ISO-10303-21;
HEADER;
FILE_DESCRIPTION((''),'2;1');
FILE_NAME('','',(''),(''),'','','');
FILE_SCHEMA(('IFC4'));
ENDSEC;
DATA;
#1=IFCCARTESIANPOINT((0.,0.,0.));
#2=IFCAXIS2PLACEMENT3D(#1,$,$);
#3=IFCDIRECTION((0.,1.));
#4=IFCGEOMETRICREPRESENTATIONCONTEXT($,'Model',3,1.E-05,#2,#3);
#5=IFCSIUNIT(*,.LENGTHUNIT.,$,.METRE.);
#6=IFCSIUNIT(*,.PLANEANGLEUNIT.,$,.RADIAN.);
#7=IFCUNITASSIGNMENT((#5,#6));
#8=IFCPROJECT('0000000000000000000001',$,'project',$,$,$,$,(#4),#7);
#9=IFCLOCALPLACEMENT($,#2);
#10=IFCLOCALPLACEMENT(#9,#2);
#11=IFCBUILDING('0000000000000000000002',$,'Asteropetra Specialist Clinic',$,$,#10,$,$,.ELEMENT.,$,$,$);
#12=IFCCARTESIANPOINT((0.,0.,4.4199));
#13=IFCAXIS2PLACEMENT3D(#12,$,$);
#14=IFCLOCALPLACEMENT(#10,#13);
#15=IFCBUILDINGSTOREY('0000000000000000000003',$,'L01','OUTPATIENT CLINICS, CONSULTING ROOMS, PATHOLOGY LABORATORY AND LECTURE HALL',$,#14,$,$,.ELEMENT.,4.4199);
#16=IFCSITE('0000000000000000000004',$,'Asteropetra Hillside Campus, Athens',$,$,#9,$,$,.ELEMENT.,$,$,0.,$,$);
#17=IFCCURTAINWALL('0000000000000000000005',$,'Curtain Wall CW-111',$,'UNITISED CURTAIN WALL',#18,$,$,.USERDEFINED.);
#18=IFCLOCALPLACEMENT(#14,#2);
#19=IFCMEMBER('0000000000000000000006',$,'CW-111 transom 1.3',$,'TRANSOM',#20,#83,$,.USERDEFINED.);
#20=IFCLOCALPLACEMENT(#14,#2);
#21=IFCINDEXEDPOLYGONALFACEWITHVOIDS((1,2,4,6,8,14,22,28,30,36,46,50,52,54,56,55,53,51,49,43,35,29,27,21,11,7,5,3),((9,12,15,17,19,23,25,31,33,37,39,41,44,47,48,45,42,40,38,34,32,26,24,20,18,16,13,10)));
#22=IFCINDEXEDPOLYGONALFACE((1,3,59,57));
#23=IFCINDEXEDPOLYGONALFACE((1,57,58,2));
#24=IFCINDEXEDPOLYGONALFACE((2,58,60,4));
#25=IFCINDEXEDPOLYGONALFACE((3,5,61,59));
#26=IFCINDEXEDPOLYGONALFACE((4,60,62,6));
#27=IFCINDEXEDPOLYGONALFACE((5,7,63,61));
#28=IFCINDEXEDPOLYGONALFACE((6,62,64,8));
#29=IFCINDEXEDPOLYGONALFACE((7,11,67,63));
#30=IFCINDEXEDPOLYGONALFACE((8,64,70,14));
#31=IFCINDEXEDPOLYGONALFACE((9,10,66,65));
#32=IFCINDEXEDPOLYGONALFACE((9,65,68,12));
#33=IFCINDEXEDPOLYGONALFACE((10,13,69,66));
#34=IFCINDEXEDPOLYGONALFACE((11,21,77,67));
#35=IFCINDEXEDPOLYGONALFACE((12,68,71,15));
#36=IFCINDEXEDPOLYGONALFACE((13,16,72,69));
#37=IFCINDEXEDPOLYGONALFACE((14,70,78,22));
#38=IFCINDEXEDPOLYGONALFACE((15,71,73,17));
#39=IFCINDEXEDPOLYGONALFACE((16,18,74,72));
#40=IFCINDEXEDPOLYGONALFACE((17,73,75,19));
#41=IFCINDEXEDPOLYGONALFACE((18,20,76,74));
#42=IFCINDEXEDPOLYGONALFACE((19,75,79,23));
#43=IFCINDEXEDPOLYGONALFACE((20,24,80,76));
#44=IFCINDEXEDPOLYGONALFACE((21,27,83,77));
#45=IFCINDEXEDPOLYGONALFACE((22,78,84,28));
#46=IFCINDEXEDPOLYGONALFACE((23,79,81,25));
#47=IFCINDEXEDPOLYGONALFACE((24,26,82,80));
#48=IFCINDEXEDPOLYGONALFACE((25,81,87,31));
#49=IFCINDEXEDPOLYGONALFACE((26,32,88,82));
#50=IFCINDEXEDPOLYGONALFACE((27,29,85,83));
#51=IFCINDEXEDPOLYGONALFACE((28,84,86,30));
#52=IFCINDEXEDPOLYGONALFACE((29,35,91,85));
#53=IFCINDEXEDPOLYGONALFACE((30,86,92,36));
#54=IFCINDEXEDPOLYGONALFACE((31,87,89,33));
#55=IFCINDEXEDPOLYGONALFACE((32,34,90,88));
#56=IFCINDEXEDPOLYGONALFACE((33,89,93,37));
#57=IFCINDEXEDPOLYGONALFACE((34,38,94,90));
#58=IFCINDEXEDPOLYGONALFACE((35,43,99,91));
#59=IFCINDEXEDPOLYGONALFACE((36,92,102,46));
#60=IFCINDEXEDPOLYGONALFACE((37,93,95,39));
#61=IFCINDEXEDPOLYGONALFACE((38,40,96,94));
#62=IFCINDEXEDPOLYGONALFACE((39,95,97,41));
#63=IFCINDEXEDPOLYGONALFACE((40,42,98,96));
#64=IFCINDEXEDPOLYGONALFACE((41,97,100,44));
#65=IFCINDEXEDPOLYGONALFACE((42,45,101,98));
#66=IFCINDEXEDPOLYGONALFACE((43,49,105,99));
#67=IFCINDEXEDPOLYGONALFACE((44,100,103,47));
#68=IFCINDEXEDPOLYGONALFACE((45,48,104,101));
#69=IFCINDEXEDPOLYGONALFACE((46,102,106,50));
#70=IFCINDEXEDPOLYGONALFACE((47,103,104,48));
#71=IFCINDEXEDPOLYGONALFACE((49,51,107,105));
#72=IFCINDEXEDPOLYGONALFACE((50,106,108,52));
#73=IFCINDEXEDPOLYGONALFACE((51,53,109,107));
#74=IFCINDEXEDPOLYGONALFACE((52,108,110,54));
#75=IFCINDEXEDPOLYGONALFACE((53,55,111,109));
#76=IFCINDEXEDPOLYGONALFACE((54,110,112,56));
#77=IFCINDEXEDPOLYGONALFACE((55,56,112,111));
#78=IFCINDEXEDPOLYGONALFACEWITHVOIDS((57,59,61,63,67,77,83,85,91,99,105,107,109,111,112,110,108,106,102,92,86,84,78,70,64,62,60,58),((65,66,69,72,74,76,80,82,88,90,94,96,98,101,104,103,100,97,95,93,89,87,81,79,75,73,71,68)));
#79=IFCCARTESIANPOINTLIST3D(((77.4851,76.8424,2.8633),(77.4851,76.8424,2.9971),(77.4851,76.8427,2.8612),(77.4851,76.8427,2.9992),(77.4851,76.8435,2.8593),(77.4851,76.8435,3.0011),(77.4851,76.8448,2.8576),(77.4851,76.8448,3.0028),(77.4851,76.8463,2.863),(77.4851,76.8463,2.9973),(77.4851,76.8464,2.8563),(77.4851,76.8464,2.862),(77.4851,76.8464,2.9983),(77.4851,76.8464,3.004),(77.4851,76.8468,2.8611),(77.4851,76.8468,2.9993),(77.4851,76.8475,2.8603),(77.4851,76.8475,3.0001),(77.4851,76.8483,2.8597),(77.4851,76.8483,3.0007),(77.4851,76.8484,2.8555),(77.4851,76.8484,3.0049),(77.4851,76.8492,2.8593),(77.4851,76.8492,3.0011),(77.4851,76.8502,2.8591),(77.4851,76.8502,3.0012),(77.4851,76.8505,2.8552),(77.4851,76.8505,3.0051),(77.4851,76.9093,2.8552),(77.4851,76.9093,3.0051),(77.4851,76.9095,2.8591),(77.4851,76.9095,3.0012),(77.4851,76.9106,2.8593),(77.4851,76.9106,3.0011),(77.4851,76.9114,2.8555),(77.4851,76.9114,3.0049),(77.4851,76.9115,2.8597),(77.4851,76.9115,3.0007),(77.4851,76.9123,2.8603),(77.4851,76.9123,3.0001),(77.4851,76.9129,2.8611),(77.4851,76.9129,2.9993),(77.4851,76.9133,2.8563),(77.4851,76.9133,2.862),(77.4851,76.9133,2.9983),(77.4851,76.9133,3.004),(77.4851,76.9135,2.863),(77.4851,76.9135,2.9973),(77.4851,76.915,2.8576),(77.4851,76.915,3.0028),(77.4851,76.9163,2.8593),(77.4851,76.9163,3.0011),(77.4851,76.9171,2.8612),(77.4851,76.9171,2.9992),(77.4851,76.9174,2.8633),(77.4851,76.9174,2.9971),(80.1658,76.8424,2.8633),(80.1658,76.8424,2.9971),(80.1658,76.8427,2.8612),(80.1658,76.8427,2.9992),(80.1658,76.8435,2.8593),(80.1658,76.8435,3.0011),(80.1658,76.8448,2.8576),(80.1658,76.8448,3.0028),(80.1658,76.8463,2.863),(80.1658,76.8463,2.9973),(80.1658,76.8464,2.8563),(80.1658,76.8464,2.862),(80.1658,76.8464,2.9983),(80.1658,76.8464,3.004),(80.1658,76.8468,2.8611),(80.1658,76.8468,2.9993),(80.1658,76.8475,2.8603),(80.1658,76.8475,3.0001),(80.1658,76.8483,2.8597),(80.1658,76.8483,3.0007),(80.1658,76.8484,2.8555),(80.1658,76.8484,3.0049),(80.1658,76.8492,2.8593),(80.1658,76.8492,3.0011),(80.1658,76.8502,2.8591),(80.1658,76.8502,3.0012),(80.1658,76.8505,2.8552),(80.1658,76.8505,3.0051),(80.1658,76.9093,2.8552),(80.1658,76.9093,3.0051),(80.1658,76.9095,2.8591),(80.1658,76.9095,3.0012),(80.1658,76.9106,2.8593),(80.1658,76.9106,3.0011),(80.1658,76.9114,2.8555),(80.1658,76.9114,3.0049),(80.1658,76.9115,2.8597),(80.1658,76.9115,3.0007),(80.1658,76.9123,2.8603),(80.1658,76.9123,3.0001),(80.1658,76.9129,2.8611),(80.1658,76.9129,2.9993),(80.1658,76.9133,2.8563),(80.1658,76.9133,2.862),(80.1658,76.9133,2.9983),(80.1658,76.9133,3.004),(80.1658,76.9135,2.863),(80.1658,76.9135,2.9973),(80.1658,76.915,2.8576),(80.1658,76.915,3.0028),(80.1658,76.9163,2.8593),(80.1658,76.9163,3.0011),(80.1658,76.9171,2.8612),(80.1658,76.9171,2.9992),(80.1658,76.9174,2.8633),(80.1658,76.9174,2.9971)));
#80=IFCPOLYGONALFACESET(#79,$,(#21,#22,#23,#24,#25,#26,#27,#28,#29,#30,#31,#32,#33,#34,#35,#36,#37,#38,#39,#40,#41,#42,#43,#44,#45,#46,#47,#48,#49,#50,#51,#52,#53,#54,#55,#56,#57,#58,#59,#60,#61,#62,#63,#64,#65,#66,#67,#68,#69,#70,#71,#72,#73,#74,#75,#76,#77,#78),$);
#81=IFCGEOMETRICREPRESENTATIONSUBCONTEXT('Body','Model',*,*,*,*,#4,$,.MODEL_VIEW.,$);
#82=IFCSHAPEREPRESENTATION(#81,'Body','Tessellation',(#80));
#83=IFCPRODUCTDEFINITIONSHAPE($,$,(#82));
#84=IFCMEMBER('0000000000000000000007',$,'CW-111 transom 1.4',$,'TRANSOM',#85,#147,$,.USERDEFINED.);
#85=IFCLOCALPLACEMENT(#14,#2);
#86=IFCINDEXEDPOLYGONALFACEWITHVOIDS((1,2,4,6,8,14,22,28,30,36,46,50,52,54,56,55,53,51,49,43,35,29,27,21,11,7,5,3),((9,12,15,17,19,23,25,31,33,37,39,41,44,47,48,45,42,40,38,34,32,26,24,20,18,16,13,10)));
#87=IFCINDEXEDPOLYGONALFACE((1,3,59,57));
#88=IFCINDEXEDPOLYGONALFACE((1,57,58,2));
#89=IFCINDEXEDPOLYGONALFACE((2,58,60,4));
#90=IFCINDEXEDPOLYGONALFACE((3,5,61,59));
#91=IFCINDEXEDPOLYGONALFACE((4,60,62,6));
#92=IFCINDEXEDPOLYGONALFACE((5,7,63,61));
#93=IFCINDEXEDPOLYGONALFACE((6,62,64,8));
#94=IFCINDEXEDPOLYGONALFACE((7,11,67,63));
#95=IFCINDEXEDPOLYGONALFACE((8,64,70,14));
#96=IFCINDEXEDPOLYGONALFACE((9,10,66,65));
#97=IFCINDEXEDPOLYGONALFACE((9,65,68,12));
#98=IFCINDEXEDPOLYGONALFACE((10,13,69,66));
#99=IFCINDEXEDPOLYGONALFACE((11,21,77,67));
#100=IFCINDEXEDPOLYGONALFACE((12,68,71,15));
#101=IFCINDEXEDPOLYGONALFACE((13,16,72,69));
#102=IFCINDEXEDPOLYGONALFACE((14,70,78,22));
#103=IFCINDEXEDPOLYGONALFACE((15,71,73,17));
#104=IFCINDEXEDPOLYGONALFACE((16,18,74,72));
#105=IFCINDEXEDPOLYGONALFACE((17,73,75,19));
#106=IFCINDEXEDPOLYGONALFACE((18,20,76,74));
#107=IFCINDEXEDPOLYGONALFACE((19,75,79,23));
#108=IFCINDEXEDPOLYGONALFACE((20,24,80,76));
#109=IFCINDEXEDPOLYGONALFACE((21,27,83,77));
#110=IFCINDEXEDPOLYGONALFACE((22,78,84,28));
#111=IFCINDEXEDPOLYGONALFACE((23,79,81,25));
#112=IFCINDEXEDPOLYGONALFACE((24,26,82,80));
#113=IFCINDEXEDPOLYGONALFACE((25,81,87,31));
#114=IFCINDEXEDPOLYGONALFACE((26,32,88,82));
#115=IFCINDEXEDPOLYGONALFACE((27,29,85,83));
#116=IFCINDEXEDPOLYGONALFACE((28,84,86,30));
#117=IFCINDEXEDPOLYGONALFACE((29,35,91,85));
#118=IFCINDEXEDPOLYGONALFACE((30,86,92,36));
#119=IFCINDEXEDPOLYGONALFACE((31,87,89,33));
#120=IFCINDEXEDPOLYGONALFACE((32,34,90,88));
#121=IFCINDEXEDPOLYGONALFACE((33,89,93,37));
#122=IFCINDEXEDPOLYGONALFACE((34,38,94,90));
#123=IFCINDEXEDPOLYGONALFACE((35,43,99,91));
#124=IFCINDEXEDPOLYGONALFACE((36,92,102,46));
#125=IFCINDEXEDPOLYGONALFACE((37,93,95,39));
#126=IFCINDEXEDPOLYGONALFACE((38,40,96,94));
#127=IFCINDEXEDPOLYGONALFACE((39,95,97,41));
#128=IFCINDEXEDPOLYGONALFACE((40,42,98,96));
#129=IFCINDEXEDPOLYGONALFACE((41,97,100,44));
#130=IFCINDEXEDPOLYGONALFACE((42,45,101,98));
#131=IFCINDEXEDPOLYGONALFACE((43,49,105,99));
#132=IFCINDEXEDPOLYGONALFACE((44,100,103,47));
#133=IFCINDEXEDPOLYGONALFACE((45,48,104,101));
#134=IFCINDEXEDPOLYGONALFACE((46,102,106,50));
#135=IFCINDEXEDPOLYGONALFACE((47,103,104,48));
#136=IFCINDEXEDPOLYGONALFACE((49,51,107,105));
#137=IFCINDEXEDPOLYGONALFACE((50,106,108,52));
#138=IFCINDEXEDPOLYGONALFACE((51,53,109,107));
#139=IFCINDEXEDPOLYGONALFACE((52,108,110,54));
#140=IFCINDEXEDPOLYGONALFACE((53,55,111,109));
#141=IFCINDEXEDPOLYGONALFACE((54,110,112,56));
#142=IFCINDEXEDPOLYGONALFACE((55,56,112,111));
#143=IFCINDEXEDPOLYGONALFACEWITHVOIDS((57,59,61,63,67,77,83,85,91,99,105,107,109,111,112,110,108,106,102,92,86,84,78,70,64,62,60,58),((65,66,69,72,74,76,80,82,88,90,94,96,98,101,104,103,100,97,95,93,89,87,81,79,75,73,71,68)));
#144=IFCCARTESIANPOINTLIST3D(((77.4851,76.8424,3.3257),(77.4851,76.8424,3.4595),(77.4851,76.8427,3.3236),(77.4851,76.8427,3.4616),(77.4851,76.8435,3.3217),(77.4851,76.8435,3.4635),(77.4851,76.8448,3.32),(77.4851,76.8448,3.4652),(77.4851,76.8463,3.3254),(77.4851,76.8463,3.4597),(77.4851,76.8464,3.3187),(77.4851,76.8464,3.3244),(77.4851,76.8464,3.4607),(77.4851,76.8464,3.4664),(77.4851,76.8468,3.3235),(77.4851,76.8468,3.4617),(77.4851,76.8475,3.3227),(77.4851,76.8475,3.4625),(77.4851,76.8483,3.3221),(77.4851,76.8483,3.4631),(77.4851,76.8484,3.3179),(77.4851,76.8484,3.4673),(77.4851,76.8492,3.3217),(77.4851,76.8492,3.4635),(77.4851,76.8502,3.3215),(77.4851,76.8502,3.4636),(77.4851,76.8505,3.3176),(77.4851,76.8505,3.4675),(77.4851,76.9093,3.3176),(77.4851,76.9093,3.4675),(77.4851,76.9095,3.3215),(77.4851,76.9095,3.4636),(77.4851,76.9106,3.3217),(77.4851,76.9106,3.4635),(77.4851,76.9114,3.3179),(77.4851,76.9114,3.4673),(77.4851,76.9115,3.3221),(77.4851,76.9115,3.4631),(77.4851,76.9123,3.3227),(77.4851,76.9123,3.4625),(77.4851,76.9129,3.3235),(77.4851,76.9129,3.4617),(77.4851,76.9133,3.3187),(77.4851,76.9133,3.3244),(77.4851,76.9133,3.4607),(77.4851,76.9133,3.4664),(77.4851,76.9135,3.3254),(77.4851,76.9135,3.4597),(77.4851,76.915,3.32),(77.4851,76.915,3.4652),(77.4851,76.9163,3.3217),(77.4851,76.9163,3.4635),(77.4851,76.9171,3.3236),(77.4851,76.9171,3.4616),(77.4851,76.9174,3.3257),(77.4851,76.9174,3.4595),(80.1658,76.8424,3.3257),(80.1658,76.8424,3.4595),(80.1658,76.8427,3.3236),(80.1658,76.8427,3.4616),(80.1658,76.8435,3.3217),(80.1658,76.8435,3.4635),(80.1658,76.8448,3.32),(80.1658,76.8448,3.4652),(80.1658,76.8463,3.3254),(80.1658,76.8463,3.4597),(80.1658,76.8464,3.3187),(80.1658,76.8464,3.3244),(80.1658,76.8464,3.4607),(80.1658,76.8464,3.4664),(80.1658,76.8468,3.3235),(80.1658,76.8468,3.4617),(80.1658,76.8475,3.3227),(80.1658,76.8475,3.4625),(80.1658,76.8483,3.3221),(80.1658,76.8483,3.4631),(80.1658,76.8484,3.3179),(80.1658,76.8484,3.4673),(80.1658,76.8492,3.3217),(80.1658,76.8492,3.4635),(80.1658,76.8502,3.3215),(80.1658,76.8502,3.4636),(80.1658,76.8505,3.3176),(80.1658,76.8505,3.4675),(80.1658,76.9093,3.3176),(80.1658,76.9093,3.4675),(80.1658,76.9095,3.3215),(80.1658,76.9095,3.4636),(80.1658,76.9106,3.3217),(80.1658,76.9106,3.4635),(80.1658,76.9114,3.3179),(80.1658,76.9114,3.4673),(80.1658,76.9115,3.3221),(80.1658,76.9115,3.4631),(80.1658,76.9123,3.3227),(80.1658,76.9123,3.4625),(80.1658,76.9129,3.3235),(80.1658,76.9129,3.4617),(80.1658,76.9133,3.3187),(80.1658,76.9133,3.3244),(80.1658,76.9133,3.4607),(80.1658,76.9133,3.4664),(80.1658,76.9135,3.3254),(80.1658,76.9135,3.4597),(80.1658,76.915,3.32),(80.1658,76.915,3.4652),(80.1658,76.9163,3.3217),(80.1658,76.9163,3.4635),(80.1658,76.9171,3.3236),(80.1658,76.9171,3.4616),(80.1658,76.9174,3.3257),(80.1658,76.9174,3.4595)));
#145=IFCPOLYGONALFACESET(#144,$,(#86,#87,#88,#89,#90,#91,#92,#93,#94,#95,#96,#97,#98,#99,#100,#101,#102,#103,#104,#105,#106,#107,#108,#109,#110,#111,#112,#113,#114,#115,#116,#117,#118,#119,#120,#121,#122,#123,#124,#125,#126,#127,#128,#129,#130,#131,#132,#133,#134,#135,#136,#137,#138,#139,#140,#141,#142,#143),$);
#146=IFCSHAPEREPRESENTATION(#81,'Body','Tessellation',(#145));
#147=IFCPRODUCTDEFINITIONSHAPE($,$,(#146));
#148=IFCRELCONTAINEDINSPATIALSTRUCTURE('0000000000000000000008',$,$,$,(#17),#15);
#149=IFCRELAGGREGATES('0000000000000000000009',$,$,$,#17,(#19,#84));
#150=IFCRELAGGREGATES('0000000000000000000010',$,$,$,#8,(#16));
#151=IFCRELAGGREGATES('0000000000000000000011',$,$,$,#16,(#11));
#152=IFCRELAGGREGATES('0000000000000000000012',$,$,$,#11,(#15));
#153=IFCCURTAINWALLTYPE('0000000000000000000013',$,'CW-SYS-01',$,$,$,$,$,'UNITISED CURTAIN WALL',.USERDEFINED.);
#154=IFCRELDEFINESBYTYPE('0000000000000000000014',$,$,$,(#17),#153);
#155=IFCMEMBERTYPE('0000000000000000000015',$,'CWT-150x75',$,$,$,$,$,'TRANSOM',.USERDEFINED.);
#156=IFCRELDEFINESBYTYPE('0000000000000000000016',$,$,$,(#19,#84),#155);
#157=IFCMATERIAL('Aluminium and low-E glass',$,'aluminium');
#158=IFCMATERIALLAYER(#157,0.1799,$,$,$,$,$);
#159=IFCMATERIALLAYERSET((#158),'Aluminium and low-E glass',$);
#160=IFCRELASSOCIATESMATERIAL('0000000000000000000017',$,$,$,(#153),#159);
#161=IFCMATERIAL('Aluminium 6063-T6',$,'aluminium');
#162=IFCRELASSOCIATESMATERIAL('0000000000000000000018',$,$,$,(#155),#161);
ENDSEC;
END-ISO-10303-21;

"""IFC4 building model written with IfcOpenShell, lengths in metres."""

from ifc_helpers import new_model, si_unit, direction, frame, origin, origin_2d, place, context, subcontext, project, spatial, hollow_rectangle, extrude, material, layer, layer_set, material_profile, profile_set, type_object, element, aggregate, save


model = new_model("IFC4")

# Units and contexts
model_context = context("Model", 3, precision=1e-05, world=origin(), true_north=direction((0.0, 1.0)))
body_context = subcontext(model_context, "Body", "Model", "MODEL_VIEW")
ifc_project = project(units=[si_unit("LENGTHUNIT", "METRE"), si_unit("PLANEANGLEUNIT", "RADIAN")], contexts=[model_context])

# Site, building, storey
site_placement = place(None, origin())
site = spatial("IfcSite", under=ifc_project, at=site_placement, Name="Asteropetra Hillside Campus, Athens", CompositionType="ELEMENT", RefElevation=0.0)
building_placement = place(site_placement, origin())
building = spatial("IfcBuilding", under=site, at=building_placement, Name="Asteropetra Specialist Clinic", CompositionType="ELEMENT")
storey_placement = place(building_placement, frame((0.0, 0.0, 4.4199)))
storey = spatial("IfcBuildingStorey", under=building, at=storey_placement, Name="L01", Description="OUTPATIENT CLINICS, CONSULTING ROOMS, PATHOLOGY LABORATORY AND LECTURE HALL", CompositionType="ELEMENT", Elevation=4.4199)

# Curtain wall, members
ifc_material_1 = material(Name="Aluminium and low-E glass", Category="aluminium")
ifc_layer_1 = layer(ifc_material_1, 0.1799)
ifc_layer_set_1 = layer_set([ifc_layer_1], Name="Aluminium and low-E glass")
curtain_wall_type = type_object("IfcCurtainWallType", Name="CW-SYS-01", ElementType="UNITISED CURTAIN WALL", PredefinedType="USERDEFINED", material=ifc_layer_set_1)
curtain_wall_placement = place(storey_placement, origin())
curtain_wall = element("IfcCurtainWall", 1, at=curtain_wall_placement, inside=storey, type_object=curtain_wall_type, Name="Curtain Wall CW-111", ObjectType="UNITISED CURTAIN WALL", PredefinedType="USERDEFINED")
ifc_material_2 = material(Name="Aluminium 6063-T6", Category="aluminium")
ifc_material_profile_1 = material_profile(ifc_material_2, hollow_rectangle(XDim=0.075, YDim=0.1499, WallThickness=0.0039, InnerFilletRadius=0.0039, OuterFilletRadius=0.0081, at=origin_2d()), Name="TRN 150x75x4.0")
ifc_profile_set_1 = profile_set([ifc_material_profile_1], Name="Aluminium 6063-T6")
member_type_1 = type_object("IfcMemberType", Name="CWT-150x75", ElementType="TRANSOM", PredefinedType="USERDEFINED", material=ifc_profile_set_1)
member_1_placement = place(storey_placement, frame((77.4851, 76.8799, 2.9302), z_axis=(1.0, 0.0, 0.0), x_axis=(0.0, 1.0, 0.0)))
member_1 = element("IfcMember", 2, at=member_1_placement, type_object=member_type_1, Name="CW-111 transom 1.3", ObjectType="TRANSOM", PredefinedType="USERDEFINED", context=body_context, shape_type="SweptSolid", body=[
    extrude(hollow_rectangle(XDim=0.075, YDim=0.1499, WallThickness=0.0039, InnerFilletRadius=0.0039, OuterFilletRadius=0.0081, at=origin_2d()), origin(), (0.0, 0.0, 1.0), 2.6807),
])
member_2_placement = place(storey_placement, frame((77.4851, 76.8799, 3.3926), z_axis=(1.0, 0.0, 0.0), x_axis=(0.0, 1.0, 0.0)))
member_2 = element("IfcMember", 3, at=member_2_placement, type_object=member_type_1, Name="CW-111 transom 1.4", ObjectType="TRANSOM", PredefinedType="USERDEFINED", context=body_context, shape_type="SweptSolid", body=[
    extrude(hollow_rectangle(XDim=0.075, YDim=0.1499, WallThickness=0.0039, InnerFilletRadius=0.0039, OuterFilletRadius=0.0081, at=origin_2d()), origin(), (0.0, 0.0, 1.0), 2.6807),
])

aggregate(curtain_wall, [member_1, member_2])

save(model, "model.ifc")
